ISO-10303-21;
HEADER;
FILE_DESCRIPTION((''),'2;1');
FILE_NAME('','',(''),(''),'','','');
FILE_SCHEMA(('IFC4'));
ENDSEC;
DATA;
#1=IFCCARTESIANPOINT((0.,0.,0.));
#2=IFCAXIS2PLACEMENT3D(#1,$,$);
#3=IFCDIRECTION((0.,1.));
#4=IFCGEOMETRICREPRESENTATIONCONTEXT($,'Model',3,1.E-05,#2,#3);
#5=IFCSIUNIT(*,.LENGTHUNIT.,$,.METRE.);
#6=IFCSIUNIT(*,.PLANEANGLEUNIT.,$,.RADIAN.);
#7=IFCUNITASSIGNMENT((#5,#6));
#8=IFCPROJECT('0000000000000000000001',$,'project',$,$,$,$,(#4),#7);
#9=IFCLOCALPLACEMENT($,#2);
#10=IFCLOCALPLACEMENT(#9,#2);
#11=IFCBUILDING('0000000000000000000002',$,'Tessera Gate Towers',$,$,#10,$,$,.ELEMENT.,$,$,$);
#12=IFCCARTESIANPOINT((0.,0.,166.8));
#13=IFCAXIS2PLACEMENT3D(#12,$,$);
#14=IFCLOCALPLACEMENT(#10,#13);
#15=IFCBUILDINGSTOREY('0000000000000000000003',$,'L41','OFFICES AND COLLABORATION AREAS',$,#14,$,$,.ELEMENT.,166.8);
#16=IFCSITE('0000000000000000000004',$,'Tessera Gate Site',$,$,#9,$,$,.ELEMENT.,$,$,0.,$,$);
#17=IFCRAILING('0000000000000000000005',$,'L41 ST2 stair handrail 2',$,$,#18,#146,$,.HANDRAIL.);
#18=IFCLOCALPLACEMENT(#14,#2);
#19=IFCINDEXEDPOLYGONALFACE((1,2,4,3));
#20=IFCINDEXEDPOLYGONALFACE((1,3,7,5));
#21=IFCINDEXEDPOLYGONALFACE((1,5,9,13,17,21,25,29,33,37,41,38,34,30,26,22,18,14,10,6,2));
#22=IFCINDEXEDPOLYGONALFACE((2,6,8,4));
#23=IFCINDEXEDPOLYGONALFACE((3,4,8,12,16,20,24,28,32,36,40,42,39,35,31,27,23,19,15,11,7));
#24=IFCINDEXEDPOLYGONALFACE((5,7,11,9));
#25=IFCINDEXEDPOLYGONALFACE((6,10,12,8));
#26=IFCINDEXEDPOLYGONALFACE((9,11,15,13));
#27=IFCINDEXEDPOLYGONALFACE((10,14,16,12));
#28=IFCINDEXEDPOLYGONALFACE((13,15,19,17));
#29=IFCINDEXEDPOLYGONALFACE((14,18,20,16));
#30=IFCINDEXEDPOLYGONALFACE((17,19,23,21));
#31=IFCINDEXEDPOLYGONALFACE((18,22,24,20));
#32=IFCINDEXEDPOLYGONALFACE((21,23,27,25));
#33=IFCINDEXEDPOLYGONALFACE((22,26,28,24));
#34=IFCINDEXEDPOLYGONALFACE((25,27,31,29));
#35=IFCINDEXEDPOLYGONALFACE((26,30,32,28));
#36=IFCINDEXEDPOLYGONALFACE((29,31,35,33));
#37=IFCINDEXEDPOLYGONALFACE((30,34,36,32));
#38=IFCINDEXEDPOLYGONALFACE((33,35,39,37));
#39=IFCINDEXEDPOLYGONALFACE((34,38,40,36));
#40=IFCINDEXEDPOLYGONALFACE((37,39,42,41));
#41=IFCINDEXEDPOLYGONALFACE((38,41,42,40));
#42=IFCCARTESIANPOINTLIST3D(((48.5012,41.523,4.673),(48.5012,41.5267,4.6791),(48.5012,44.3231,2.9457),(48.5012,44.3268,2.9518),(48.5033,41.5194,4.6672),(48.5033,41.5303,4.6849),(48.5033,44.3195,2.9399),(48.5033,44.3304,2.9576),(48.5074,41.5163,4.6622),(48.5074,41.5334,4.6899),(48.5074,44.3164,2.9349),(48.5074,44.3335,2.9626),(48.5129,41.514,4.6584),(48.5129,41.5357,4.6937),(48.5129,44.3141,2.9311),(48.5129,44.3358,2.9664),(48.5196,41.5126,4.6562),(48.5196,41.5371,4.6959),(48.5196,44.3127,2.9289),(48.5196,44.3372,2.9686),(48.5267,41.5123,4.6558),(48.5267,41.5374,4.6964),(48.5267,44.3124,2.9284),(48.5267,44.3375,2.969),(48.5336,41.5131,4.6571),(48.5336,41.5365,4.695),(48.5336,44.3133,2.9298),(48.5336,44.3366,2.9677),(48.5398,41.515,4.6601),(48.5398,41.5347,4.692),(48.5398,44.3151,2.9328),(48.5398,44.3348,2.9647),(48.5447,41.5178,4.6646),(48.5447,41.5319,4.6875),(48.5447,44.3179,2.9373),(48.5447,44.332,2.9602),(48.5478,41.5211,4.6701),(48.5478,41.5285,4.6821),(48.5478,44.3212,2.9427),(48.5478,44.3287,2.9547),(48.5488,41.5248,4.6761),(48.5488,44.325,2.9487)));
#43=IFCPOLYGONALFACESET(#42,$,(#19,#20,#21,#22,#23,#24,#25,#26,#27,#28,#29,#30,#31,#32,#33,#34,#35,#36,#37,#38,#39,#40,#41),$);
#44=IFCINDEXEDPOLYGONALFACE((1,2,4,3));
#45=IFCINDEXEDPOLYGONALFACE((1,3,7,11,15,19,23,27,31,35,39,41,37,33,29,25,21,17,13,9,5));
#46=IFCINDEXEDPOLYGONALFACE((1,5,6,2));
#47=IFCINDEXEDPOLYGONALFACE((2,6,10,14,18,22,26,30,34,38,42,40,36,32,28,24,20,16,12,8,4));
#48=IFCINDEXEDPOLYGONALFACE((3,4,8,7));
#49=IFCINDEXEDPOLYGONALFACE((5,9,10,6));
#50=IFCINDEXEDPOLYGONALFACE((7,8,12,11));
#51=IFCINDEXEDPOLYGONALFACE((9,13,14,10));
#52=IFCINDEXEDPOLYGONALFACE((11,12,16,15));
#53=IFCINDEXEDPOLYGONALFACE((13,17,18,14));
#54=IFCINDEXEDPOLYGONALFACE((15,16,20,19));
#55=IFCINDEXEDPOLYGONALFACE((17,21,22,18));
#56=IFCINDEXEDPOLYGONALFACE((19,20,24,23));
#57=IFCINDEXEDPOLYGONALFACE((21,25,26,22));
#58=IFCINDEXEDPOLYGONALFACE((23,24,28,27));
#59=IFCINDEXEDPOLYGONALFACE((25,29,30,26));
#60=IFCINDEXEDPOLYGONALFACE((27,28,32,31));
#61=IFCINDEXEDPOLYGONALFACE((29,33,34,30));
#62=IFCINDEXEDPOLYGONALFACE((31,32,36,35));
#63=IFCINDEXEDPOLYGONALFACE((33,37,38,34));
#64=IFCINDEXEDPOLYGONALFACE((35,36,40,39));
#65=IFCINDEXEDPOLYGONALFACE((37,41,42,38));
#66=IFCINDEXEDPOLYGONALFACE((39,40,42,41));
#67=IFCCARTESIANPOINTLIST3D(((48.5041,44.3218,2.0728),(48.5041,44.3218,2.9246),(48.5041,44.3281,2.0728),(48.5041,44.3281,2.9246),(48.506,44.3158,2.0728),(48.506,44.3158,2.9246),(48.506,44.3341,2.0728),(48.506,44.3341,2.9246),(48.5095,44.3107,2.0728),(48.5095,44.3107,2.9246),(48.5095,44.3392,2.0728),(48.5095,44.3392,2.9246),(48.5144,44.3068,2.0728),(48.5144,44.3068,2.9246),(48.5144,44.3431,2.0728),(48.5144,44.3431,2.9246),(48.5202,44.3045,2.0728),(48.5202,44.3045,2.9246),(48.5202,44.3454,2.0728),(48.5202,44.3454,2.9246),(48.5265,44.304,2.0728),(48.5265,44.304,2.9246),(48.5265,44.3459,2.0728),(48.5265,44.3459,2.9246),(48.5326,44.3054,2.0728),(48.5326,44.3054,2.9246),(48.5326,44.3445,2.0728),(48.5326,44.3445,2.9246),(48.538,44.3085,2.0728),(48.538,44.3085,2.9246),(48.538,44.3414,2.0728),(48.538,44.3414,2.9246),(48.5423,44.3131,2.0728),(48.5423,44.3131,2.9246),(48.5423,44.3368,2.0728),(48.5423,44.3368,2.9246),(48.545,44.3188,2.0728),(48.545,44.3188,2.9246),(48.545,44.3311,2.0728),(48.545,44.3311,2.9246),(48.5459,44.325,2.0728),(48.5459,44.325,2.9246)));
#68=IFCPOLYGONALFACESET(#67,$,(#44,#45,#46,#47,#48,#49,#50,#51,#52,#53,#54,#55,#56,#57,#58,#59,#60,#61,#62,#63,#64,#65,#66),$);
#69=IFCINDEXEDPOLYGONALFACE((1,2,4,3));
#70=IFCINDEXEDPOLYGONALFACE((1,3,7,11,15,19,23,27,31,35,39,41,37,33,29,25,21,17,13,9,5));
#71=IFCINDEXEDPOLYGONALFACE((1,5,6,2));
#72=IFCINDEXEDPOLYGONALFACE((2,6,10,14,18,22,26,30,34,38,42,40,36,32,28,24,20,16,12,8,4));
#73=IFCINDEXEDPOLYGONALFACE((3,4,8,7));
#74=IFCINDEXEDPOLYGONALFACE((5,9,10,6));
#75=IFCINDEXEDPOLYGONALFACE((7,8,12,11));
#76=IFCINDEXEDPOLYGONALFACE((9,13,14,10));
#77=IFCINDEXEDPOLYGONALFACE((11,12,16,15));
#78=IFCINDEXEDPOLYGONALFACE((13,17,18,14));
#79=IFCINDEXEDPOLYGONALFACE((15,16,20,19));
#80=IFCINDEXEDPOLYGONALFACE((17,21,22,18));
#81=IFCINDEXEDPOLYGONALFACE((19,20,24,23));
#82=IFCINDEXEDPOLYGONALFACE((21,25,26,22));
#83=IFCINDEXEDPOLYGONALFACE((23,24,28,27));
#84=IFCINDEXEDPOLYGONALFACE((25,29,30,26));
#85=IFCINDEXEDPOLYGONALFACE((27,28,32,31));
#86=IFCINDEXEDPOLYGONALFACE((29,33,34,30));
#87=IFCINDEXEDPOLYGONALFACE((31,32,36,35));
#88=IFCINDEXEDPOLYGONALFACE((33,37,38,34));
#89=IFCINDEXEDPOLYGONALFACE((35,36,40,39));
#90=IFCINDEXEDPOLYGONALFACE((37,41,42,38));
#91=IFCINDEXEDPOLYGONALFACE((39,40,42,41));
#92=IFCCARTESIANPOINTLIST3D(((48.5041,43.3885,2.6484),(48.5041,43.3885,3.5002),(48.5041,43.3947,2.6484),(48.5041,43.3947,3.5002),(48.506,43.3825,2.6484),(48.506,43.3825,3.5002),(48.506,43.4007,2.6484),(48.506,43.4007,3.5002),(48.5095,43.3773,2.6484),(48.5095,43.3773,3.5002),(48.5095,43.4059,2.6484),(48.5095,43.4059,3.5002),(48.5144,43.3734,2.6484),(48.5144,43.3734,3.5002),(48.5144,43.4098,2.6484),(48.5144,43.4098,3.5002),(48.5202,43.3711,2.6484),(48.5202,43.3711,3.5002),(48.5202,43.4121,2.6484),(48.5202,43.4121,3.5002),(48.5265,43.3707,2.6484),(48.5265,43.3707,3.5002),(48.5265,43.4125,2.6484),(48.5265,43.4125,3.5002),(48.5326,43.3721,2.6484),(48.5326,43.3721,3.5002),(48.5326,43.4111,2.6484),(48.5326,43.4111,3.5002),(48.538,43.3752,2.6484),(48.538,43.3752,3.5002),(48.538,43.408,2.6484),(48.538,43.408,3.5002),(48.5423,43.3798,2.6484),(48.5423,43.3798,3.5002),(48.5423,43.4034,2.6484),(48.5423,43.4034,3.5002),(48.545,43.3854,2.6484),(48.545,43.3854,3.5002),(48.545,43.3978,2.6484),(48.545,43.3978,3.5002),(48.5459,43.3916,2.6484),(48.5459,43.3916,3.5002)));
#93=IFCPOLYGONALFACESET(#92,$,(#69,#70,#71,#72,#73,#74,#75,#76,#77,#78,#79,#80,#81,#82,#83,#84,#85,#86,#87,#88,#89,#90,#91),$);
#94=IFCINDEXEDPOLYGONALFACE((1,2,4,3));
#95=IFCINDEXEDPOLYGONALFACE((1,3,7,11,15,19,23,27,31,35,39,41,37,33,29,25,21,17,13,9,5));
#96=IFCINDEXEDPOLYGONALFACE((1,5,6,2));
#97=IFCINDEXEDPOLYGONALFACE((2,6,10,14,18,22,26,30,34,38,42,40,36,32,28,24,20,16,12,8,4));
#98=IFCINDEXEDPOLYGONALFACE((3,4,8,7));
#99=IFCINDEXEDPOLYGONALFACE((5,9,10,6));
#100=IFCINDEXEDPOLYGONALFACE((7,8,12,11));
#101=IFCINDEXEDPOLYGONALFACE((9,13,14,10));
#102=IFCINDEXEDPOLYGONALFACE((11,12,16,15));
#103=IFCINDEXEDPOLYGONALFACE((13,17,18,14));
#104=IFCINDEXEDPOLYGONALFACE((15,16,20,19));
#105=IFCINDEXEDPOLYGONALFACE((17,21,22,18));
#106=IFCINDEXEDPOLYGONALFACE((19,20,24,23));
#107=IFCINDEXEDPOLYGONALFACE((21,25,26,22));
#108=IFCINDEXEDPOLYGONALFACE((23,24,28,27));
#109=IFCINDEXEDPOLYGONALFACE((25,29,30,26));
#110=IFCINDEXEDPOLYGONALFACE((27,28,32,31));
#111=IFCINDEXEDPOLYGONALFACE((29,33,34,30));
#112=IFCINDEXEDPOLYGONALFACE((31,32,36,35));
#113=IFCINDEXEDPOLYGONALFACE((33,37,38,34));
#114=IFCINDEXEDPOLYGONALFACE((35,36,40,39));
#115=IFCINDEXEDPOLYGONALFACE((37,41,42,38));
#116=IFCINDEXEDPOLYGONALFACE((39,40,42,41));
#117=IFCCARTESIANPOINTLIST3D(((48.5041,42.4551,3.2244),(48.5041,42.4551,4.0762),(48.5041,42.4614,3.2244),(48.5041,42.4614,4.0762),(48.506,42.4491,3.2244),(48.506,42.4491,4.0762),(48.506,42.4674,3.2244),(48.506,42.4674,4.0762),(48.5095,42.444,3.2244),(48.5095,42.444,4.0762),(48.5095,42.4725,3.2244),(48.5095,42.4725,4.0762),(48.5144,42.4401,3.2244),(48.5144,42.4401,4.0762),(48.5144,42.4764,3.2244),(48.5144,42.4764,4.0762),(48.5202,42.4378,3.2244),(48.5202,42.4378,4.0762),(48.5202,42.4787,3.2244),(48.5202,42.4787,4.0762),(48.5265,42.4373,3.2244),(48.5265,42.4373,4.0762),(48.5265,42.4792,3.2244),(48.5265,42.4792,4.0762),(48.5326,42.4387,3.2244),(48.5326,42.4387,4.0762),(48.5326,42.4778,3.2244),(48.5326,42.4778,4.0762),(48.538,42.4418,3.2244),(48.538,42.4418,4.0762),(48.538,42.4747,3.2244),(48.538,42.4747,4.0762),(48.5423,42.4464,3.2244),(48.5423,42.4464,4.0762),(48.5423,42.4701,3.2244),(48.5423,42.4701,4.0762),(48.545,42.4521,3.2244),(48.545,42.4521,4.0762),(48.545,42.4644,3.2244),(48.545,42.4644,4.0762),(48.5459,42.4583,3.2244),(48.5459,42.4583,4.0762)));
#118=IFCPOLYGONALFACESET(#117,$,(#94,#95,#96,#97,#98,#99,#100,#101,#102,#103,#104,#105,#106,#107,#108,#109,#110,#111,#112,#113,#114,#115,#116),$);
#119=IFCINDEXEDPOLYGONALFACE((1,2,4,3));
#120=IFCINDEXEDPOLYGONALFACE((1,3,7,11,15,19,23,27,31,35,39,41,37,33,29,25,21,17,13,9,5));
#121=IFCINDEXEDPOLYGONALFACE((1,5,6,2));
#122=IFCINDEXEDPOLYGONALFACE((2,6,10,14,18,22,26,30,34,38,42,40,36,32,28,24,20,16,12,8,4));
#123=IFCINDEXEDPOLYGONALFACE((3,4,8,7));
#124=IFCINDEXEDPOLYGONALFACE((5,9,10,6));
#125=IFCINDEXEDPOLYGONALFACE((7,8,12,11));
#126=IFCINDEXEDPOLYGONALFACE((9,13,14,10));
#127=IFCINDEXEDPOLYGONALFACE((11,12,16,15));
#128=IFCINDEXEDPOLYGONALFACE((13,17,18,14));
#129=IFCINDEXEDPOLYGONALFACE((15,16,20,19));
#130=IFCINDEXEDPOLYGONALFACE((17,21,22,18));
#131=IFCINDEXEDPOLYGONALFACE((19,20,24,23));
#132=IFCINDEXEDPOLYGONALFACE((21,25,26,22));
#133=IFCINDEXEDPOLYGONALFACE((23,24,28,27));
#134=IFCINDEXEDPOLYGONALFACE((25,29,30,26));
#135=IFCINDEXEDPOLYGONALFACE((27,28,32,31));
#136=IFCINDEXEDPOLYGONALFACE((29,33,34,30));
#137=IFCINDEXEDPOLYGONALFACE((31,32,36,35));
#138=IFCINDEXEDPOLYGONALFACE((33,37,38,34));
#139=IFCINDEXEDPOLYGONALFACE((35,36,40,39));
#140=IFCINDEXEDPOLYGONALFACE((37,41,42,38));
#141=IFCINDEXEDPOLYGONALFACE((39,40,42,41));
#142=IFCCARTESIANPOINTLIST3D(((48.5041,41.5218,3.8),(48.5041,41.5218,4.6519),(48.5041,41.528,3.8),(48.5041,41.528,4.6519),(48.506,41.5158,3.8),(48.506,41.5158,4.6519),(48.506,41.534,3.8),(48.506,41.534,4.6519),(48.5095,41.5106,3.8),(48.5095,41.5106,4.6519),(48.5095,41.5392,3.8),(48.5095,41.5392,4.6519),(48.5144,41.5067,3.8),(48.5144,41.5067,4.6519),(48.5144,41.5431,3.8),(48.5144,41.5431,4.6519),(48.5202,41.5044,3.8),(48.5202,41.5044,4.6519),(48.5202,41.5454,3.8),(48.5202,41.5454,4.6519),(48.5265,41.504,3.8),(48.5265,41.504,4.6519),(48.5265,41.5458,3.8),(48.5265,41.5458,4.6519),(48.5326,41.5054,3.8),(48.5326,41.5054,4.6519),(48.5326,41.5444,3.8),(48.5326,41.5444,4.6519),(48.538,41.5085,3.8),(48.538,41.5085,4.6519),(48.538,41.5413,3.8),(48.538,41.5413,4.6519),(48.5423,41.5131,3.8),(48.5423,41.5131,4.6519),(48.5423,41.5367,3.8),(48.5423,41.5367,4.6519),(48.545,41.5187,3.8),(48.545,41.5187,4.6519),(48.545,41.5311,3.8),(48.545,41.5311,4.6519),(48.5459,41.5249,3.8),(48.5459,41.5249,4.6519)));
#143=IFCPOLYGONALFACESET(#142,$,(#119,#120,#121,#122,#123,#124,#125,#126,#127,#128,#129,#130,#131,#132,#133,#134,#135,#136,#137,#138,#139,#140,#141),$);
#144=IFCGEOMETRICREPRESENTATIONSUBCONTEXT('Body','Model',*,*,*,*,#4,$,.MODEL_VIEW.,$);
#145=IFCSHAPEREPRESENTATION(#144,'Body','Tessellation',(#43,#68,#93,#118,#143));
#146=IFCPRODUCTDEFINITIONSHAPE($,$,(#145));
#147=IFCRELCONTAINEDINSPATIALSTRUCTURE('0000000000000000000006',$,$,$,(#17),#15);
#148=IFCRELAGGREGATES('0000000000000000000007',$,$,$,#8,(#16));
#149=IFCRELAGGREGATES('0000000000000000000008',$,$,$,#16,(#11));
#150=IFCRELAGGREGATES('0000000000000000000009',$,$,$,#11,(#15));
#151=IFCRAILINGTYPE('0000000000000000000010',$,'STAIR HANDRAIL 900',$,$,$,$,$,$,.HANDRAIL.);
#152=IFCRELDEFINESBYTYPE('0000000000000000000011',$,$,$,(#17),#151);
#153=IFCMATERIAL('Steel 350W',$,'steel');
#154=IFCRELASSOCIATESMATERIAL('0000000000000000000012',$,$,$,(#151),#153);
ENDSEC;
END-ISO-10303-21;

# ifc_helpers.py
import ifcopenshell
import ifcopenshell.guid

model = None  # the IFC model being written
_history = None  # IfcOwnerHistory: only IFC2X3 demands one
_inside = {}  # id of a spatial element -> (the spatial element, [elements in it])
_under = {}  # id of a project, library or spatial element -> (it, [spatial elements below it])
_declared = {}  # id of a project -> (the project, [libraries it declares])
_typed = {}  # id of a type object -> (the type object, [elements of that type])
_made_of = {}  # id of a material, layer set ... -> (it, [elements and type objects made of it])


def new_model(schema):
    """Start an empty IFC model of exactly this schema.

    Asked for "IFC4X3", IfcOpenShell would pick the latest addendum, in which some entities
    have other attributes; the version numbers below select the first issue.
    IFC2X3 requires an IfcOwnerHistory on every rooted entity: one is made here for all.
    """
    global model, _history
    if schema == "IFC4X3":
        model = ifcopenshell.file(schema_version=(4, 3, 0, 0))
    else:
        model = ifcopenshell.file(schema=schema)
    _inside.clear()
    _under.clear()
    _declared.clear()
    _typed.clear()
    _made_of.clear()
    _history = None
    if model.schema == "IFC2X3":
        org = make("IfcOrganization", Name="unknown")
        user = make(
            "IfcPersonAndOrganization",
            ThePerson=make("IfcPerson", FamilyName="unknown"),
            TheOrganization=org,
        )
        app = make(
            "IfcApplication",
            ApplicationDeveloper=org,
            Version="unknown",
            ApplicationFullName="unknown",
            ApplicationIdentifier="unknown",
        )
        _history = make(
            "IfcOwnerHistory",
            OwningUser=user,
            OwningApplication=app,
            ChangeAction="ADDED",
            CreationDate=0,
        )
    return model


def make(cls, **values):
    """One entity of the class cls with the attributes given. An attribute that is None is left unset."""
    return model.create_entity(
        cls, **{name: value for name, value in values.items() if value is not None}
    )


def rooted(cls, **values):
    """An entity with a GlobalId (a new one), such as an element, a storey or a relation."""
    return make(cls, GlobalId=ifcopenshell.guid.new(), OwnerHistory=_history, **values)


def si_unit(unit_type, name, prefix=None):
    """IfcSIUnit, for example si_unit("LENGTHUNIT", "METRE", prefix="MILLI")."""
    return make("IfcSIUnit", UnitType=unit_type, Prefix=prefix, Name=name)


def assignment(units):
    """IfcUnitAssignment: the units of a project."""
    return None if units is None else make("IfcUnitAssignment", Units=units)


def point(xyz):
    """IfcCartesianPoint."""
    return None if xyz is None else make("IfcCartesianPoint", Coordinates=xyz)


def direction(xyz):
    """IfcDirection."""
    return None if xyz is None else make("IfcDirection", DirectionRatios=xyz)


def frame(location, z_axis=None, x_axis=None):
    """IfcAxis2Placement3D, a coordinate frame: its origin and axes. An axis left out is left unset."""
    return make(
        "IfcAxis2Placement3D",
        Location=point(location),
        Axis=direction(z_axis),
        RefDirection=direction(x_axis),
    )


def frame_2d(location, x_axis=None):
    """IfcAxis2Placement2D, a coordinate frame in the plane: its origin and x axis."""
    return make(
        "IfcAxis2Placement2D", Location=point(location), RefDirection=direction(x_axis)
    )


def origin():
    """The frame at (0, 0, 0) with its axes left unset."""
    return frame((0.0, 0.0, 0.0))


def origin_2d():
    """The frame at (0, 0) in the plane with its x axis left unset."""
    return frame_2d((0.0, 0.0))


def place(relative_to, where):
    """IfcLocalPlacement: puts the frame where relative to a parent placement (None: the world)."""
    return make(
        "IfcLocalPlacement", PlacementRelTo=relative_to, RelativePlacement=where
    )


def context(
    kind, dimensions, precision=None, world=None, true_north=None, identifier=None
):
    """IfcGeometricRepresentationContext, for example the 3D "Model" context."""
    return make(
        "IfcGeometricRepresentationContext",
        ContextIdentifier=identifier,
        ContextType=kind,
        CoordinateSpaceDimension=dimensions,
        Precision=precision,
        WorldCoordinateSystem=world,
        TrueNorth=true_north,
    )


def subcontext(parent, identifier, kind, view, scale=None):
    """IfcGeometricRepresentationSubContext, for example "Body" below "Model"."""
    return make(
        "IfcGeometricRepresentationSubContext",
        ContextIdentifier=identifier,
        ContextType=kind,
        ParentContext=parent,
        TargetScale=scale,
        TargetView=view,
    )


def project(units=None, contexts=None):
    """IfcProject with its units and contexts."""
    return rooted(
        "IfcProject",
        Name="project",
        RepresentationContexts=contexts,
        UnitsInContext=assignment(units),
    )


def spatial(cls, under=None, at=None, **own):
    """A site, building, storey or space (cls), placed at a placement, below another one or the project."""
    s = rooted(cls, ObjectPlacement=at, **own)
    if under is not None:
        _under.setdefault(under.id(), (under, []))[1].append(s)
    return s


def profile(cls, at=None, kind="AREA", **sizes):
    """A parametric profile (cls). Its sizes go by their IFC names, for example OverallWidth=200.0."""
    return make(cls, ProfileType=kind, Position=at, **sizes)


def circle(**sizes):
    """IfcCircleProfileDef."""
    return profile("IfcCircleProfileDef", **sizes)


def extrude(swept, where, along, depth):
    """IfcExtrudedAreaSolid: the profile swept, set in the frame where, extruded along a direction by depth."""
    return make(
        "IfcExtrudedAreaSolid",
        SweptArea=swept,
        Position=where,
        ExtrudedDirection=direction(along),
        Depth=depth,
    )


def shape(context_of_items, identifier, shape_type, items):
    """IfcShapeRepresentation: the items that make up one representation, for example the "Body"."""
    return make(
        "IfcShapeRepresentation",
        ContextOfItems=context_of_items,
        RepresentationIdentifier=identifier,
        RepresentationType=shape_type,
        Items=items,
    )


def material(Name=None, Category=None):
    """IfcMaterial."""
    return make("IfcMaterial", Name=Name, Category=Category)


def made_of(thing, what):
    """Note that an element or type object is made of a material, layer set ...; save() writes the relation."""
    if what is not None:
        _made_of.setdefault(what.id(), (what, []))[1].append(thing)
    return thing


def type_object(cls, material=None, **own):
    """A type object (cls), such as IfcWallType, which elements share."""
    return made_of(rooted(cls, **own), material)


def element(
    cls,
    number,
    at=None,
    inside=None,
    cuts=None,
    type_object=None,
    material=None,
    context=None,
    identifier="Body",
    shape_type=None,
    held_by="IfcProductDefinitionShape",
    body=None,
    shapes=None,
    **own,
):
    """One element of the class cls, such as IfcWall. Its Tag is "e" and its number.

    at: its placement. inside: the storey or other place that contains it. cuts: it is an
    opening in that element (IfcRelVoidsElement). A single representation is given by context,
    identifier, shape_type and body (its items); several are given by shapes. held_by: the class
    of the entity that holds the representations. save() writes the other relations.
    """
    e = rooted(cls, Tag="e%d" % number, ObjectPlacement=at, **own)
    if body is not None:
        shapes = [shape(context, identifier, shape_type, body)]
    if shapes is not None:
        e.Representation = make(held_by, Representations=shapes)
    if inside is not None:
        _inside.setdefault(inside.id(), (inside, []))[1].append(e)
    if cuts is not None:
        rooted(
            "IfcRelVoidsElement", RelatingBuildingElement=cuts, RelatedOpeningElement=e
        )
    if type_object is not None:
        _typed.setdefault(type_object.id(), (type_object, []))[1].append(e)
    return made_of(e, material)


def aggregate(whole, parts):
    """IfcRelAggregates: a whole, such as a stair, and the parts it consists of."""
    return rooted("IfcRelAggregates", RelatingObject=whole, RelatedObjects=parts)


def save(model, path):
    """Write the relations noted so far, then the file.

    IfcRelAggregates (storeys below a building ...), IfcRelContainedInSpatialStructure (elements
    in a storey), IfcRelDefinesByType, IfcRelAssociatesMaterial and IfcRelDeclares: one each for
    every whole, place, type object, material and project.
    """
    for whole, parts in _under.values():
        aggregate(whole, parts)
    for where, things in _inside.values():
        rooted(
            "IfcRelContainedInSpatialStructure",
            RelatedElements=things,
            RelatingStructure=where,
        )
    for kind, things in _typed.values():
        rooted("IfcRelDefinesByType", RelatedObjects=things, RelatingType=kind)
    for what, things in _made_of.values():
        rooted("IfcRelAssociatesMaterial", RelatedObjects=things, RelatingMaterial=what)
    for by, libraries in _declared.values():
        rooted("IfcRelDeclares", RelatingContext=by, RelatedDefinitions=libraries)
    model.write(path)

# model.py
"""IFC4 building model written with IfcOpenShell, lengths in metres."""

from ifc_helpers import new_model, si_unit, direction, frame, origin, origin_2d, place, context, subcontext, project, spatial, circle, extrude, material, type_object, element, save


model = new_model("IFC4")

# Units and contexts
model_context = context("Model", 3, precision=1e-05, world=origin(), true_north=direction((0.0, 1.0)))
body_context = subcontext(model_context, "Body", "Model", "MODEL_VIEW")
ifc_project = project(units=[si_unit("LENGTHUNIT", "METRE"), si_unit("PLANEANGLEUNIT", "RADIAN")], contexts=[model_context])

# Site, building, storey
site_placement = place(None, origin())
site = spatial("IfcSite", under=ifc_project, at=site_placement, Name="Tessera Gate Site", CompositionType="ELEMENT", RefElevation=0.0)
building_placement = place(site_placement, origin())
building = spatial("IfcBuilding", under=site, at=building_placement, Name="Tessera Gate Towers", CompositionType="ELEMENT")
storey_placement = place(building_placement, frame((0.0, 0.0, 166.8)))
storey = spatial("IfcBuildingStorey", under=building, at=storey_placement, Name="L41", Description="OFFICES AND COLLABORATION AREAS", CompositionType="ELEMENT", Elevation=166.8)

# Railing
ifc_material_1 = material(Name="Steel 350W", Category="steel")
railing_type_1 = type_object("IfcRailingType", Name="STAIR HANDRAIL 900", PredefinedType="HANDRAIL", material=ifc_material_1)
railing_1_placement = place(storey_placement, frame((48.5249, 44.325, 2.0728)))
element("IfcRailing", 1, at=railing_1_placement, inside=storey, type_object=railing_type_1, Name="L41 ST2 stair handrail 2", PredefinedType="HANDRAIL", context=body_context, shape_type="SweptSolid", body=[
    extrude(circle(Radius=0.0239, at=origin_2d()), frame((0.0, 0.0, 0.876), z_axis=(0.0, -0.85109, 0.52502), x_axis=(1.0, 0.0, 0.0)), (0.0, 0.0, 1.0), 3.29),
    extrude(circle(Radius=0.021, at=origin_2d()), origin(), (0.0, 0.0, 1.0), 0.8518),
    extrude(circle(Radius=0.021, at=origin_2d()), frame((0.0, -0.9333, 0.5757)), (0.0, 0.0, 1.0), 0.8518),
    extrude(circle(Radius=0.021, at=origin_2d()), frame((0.0, -1.8667, 1.1516)), (0.0, 0.0, 1.0), 0.8518),
    extrude(circle(Radius=0.021, at=origin_2d()), frame((0.0, -2.8, 1.7273)), (0.0, 0.0, 1.0), 0.8518),
])

save(model, "model.ifc")
